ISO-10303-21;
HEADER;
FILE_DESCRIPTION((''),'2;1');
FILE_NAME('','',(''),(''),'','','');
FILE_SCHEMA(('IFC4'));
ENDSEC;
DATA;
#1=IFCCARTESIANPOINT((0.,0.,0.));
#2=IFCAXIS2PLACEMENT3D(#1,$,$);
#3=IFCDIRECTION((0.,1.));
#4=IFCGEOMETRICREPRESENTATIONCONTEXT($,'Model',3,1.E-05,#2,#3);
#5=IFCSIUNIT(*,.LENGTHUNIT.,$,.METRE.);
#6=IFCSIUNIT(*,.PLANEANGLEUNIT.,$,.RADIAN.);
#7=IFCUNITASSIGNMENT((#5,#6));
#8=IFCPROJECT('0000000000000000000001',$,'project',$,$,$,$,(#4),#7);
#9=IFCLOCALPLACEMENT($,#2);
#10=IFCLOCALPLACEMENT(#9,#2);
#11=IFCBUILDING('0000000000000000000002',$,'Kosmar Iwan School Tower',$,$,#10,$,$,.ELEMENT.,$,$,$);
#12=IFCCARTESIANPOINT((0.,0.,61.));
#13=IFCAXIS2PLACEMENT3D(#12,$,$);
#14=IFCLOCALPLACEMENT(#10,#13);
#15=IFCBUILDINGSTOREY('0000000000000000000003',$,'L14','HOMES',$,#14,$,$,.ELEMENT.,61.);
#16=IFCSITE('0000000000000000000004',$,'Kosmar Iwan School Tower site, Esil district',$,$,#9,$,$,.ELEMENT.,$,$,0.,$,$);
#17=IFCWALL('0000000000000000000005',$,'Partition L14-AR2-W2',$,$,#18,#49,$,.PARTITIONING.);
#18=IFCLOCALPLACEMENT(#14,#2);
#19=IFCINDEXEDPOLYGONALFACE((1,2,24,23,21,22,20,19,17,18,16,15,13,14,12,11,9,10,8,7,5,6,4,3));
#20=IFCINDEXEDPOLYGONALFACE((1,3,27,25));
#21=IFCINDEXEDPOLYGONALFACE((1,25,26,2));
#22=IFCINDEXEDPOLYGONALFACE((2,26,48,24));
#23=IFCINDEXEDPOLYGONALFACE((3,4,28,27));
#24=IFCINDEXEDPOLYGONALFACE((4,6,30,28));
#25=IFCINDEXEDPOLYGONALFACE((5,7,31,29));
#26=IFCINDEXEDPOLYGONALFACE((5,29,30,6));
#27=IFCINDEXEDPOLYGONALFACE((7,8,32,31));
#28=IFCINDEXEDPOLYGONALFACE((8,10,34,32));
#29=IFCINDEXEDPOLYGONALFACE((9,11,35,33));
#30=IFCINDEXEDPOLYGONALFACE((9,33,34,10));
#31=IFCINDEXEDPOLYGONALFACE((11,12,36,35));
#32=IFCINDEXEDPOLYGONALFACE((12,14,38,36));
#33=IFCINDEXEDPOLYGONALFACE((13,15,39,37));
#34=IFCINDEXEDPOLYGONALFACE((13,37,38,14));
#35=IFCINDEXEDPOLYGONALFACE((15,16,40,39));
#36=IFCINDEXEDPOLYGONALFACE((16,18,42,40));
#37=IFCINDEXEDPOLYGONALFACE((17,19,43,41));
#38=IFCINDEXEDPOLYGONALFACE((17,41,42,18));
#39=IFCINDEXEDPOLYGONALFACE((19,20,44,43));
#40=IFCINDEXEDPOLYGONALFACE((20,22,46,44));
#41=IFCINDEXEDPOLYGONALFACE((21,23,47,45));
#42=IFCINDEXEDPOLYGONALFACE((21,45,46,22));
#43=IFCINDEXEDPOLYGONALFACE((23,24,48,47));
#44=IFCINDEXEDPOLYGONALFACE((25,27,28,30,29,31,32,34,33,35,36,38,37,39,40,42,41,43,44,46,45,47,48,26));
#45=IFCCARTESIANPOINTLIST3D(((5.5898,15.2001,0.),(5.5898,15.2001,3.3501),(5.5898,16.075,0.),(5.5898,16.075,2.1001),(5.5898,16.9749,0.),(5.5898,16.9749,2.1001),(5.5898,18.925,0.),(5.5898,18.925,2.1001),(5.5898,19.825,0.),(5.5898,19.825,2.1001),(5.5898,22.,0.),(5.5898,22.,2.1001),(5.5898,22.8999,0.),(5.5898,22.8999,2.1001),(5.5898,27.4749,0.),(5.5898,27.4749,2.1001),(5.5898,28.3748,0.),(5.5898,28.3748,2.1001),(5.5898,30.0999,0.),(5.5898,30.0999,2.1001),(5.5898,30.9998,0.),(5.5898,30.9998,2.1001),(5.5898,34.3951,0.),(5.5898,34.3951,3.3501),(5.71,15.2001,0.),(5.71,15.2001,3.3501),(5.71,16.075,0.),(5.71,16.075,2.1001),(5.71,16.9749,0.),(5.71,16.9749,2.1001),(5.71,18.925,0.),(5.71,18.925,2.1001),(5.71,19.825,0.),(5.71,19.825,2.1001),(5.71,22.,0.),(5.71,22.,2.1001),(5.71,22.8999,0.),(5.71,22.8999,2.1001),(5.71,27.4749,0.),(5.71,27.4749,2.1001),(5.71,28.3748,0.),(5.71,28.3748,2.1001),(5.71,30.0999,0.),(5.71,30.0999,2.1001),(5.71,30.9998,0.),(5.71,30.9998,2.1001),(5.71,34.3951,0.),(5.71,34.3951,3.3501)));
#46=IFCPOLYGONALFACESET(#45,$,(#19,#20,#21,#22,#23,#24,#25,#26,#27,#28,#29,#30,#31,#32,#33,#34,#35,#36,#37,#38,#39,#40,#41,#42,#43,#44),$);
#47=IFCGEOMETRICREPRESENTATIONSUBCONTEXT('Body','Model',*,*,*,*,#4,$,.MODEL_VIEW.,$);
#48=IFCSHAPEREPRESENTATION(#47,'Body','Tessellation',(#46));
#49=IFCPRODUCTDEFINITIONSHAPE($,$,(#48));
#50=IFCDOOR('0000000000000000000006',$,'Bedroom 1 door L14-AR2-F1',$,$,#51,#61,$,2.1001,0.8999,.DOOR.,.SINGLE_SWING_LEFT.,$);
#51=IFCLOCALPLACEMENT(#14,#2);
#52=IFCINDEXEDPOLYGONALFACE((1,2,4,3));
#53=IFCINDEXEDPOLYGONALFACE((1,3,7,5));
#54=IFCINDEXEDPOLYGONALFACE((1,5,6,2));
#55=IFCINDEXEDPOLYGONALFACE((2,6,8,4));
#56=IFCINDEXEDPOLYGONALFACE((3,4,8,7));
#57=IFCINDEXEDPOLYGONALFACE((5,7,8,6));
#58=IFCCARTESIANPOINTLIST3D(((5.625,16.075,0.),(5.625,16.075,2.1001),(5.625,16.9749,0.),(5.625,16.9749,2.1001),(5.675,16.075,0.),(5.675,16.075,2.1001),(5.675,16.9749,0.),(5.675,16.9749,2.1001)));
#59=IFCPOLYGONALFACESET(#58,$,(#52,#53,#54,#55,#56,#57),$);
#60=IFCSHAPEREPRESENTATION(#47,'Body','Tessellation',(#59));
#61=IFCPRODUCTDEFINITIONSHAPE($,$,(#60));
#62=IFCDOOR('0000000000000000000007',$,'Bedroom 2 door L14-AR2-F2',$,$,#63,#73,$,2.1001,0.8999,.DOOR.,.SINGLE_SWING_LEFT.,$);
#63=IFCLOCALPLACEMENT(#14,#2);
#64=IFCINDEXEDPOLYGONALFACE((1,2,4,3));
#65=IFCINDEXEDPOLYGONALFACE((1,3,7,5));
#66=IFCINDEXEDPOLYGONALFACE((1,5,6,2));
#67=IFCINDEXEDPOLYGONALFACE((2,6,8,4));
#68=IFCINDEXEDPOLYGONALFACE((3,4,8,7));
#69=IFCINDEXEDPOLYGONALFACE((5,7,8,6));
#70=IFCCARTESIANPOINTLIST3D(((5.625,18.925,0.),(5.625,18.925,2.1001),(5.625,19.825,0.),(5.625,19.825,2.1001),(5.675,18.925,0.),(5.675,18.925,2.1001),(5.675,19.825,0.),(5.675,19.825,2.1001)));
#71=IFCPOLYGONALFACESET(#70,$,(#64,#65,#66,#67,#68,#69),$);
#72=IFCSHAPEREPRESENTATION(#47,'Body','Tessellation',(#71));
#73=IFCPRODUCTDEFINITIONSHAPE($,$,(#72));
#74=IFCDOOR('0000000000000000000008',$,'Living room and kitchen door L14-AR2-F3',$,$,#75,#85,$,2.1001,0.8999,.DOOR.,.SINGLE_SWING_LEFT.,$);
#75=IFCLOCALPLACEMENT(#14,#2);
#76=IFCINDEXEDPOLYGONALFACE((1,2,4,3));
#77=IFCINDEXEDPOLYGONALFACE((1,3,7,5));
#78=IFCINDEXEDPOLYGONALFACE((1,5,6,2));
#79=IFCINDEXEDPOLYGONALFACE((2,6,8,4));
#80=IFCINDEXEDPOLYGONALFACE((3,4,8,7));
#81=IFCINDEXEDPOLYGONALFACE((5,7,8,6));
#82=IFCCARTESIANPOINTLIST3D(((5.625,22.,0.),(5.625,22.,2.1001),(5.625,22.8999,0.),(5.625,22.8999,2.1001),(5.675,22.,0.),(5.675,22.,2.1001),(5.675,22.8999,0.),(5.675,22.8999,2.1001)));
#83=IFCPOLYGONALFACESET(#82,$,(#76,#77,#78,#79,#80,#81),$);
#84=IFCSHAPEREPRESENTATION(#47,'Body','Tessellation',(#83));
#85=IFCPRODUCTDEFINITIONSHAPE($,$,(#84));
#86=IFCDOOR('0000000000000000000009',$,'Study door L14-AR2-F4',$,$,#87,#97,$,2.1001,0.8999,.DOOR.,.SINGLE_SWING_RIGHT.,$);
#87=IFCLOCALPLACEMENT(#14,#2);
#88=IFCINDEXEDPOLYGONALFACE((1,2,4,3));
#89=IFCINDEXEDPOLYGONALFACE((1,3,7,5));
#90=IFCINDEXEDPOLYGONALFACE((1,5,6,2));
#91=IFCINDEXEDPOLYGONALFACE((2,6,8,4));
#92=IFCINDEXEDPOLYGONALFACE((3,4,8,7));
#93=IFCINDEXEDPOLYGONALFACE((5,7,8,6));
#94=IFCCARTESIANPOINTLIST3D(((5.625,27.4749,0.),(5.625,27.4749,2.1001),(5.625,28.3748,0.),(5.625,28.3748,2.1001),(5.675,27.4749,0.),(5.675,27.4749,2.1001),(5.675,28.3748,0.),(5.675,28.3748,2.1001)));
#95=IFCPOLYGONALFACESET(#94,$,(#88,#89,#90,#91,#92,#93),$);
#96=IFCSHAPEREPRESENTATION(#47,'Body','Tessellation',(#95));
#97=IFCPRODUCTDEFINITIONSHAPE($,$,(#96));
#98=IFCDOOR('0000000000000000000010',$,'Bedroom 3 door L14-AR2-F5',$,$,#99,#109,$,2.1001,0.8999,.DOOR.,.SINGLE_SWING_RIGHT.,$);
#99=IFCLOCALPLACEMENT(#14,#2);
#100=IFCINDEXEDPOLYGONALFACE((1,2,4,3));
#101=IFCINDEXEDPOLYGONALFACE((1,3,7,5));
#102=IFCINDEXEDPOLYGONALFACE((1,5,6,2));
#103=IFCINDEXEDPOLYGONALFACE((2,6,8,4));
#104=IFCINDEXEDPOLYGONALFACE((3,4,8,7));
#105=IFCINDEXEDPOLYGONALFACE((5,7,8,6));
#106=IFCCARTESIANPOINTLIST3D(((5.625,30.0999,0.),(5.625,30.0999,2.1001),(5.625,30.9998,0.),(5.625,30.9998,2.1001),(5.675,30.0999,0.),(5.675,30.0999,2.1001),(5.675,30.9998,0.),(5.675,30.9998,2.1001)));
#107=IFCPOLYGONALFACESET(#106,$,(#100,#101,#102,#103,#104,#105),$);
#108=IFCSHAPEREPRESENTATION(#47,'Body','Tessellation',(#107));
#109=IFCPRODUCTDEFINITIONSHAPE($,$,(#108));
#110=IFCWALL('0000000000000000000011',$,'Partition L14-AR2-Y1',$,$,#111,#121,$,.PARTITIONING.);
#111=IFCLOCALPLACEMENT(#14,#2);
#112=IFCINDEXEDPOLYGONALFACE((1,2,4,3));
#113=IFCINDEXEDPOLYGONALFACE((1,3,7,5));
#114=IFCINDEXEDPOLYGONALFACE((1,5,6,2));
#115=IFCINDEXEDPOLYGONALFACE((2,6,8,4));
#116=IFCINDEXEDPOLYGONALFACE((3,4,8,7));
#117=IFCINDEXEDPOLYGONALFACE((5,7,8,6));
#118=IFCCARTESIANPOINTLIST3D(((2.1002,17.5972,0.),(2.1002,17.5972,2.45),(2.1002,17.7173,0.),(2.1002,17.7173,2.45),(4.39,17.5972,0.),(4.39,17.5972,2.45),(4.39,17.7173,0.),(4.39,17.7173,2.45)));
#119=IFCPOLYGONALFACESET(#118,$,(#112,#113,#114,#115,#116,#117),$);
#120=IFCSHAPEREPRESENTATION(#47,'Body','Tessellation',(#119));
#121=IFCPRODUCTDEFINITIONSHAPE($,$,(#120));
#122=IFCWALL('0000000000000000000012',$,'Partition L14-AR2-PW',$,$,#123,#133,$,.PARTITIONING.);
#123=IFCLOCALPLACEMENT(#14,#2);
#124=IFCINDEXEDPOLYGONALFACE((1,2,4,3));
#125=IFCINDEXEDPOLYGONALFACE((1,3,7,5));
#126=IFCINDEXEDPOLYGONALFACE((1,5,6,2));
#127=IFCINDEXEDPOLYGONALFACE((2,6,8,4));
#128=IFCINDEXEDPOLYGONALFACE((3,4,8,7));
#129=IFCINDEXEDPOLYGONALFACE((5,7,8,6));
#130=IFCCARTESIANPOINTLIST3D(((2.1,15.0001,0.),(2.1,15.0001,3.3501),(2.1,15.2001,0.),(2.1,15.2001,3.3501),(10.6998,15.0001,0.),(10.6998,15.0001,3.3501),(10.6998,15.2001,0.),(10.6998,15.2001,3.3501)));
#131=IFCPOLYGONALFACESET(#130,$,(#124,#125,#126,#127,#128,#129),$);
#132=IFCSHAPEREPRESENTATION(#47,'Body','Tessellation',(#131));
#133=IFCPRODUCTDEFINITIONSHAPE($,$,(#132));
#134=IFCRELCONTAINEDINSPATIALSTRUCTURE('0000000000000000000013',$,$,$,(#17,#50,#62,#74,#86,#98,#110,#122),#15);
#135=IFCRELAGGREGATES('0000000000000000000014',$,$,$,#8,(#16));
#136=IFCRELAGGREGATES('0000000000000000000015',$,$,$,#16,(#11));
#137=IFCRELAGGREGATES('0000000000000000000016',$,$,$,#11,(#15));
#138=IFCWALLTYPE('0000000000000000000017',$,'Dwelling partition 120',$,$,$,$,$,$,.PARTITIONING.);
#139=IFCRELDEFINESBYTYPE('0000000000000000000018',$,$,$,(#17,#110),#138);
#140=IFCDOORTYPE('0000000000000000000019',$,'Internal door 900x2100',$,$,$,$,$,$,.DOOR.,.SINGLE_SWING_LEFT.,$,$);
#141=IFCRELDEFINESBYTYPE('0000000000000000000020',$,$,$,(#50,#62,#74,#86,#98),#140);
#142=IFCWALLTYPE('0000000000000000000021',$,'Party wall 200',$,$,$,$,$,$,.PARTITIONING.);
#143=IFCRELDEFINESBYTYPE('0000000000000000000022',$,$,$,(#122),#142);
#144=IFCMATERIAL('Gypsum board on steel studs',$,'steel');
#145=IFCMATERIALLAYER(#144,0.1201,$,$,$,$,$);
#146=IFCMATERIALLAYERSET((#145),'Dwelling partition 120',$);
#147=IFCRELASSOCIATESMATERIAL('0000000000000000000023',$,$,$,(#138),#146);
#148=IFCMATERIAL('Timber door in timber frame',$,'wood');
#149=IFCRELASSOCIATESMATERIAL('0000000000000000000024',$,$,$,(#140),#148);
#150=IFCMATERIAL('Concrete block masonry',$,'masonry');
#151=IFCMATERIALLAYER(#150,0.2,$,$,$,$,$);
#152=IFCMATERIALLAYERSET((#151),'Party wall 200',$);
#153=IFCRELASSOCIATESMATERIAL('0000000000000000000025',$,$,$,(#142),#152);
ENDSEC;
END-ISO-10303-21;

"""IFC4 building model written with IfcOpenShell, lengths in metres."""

from ifc_helpers import new_model, si_unit, direction, frame, frame_2d, origin, place, context, subcontext, project, spatial, rectangle, extrude, material, layer, layer_set, type_object, element, fill, save


model = new_model("IFC4")

# Units and contexts
model_context = context("Model", 3, precision=1e-05, world=origin(), true_north=direction((0.0, 1.0)))
body_context = subcontext(model_context, "Body", "Model", "MODEL_VIEW")
ifc_project = project(units=[si_unit("LENGTHUNIT", "METRE"), si_unit("PLANEANGLEUNIT", "RADIAN")], contexts=[model_context])

# Site, building, storey
site_placement = place(None, origin())
site = spatial("IfcSite", under=ifc_project, at=site_placement, Name="Kosmar Iwan School Tower site, Esil district", CompositionType="ELEMENT", RefElevation=0.0)
building_placement = place(site_placement, origin())
building = spatial("IfcBuilding", under=site, at=building_placement, Name="Kosmar Iwan School Tower", CompositionType="ELEMENT")
storey_placement = place(building_placement, frame((0.0, 0.0, 61.0)))
storey = spatial("IfcBuildingStorey", under=building, at=storey_placement, Name="L14", Description="HOMES", CompositionType="ELEMENT", Elevation=61.0)

# Shared definitions
ifc_material_1 = material(Name="Gypsum board on steel studs", Category="steel")
ifc_layer_1 = layer(ifc_material_1, 0.1201)
ifc_layer_set_1 = layer_set([ifc_layer_1], Name="Dwelling partition 120")
wall_type_1 = type_object("IfcWallType", Name="Dwelling partition 120", PredefinedType="PARTITIONING", material=ifc_layer_set_1)

# Wall, openings, doors
ifc_material_2 = material(Name="Timber door in timber frame", Category="wood")
door_type_1 = type_object("IfcDoorType", Name="Internal door 900x2100", OperationType="SINGLE_SWING_LEFT", PredefinedType="DOOR", material=ifc_material_2)
wall_1_placement = place(storey_placement, frame((5.6499, 15.2, 0.0), z_axis=(0.0, 0.0, 1.0), x_axis=(0.0, 1.0, 0.0)))
wall_1 = element("IfcWall", 1, at=wall_1_placement, inside=storey, type_object=wall_type_1, Name="Partition L14-AR2-W2", PredefinedType="PARTITIONING", context=body_context, shape_type="SweptSolid", body=[
    extrude(rectangle(XDim=19.1951, YDim=0.1201, at=frame_2d((9.5977, 0.0))), origin(), (0.0, 0.0, 1.0), 3.3501),
])
opening_1_placement = place(wall_1_placement, frame((0.875, 0.0, 0.0)))
opening_1 = element("IfcOpeningElement", 2, at=opening_1_placement, cuts=wall_1, PredefinedType="OPENING", context=body_context, shape_type="SweptSolid", body=[
    extrude(rectangle(XDim=0.8999, YDim=2.1001, at=frame_2d((0.45, 1.05))), frame((0.0, 0.072, 0.0), z_axis=(0.0, -1.0, 0.0), x_axis=(1.0, 0.0, 0.0)), (0.0, 0.0, 1.0), 0.144),
])
opening_2_placement = place(wall_1_placement, frame((3.7251, 0.0, 0.0)))
opening_2 = element("IfcOpeningElement", 3, at=opening_2_placement, cuts=wall_1, PredefinedType="OPENING", context=body_context, shape_type="SweptSolid", body=[
    extrude(rectangle(XDim=0.8999, YDim=2.1001, at=frame_2d((0.45, 1.05))), frame((0.0, 0.072, 0.0), z_axis=(0.0, -1.0, 0.0), x_axis=(1.0, 0.0, 0.0)), (0.0, 0.0, 1.0), 0.144),
])
opening_3_placement = place(wall_1_placement, frame((6.8, 0.0, 0.0)))
opening_3 = element("IfcOpeningElement", 4, at=opening_3_placement, cuts=wall_1, PredefinedType="OPENING", context=body_context, shape_type="SweptSolid", body=[
    extrude(rectangle(XDim=0.8999, YDim=2.1001, at=frame_2d((0.45, 1.05))), frame((0.0, 0.072, 0.0), z_axis=(0.0, -1.0, 0.0), x_axis=(1.0, 0.0, 0.0)), (0.0, 0.0, 1.0), 0.144),
])
opening_4_placement = place(wall_1_placement, frame((12.2749, 0.0, 0.0)))
opening_4 = element("IfcOpeningElement", 5, at=opening_4_placement, cuts=wall_1, PredefinedType="OPENING", context=body_context, shape_type="SweptSolid", body=[
    extrude(rectangle(XDim=0.8999, YDim=2.1001, at=frame_2d((0.45, 1.05))), frame((0.0, 0.072, 0.0), z_axis=(0.0, -1.0, 0.0), x_axis=(1.0, 0.0, 0.0)), (0.0, 0.0, 1.0), 0.144),
])
opening_5_placement = place(wall_1_placement, frame((14.8999, 0.0, 0.0)))
opening_5 = element("IfcOpeningElement", 6, at=opening_5_placement, cuts=wall_1, PredefinedType="OPENING", context=body_context, shape_type="SweptSolid", body=[
    extrude(rectangle(XDim=0.8999, YDim=2.1001, at=frame_2d((0.45, 1.05))), frame((0.0, 0.072, 0.0), z_axis=(0.0, -1.0, 0.0), x_axis=(1.0, 0.0, 0.0)), (0.0, 0.0, 1.0), 0.144),
])
door_1_placement = place(opening_1_placement, origin())
door_1 = element("IfcDoor", 7, at=door_1_placement, inside=storey, type_object=door_type_1, Name="Bedroom 1 door L14-AR2-F1", OperationType="SINGLE_SWING_LEFT", OverallHeight=2.1001, OverallWidth=0.8999, PredefinedType="DOOR", context=body_context, shape_type="SweptSolid", body=[
    extrude(rectangle(XDim=0.8999, YDim=2.1001, at=frame_2d((0.45, 1.05))), frame((0.0, 0.0249, 0.0), z_axis=(0.0, -1.0, 0.0), x_axis=(1.0, 0.0, 0.0)), (0.0, 0.0, 1.0), 0.05),
])
fill(opening_1, door_1)
door_2_placement = place(opening_2_placement, origin())
door_2 = element("IfcDoor", 8, at=door_2_placement, inside=storey, type_object=door_type_1, Name="Bedroom 2 door L14-AR2-F2", OperationType="SINGLE_SWING_LEFT", OverallHeight=2.1001, OverallWidth=0.8999, PredefinedType="DOOR", context=body_context, shape_type="SweptSolid", body=[
    extrude(rectangle(XDim=0.8999, YDim=2.1001, at=frame_2d((0.45, 1.05))), frame((0.0, 0.0249, 0.0), z_axis=(0.0, -1.0, 0.0), x_axis=(1.0, 0.0, 0.0)), (0.0, 0.0, 1.0), 0.05),
])
fill(opening_2, door_2)
door_3_placement = place(opening_3_placement, origin())
door_3 = element("IfcDoor", 9, at=door_3_placement, inside=storey, type_object=door_type_1, Name="Living room and kitchen door L14-AR2-F3", OperationType="SINGLE_SWING_LEFT", OverallHeight=2.1001, OverallWidth=0.8999, PredefinedType="DOOR", context=body_context, shape_type="SweptSolid", body=[
    extrude(rectangle(XDim=0.8999, YDim=2.1001, at=frame_2d((0.45, 1.05))), frame((0.0, 0.0249, 0.0), z_axis=(0.0, -1.0, 0.0), x_axis=(1.0, 0.0, 0.0)), (0.0, 0.0, 1.0), 0.05),
])
fill(opening_3, door_3)
door_4_placement = place(opening_4_placement, origin())
door_4 = element("IfcDoor", 10, at=door_4_placement, inside=storey, type_object=door_type_1, Name="Study door L14-AR2-F4", OperationType="SINGLE_SWING_RIGHT", OverallHeight=2.1001, OverallWidth=0.8999, PredefinedType="DOOR", context=body_context, shape_type="SweptSolid", body=[
    extrude(rectangle(XDim=0.8999, YDim=2.1001, at=frame_2d((0.45, 1.05))), frame((0.0, 0.0249, 0.0), z_axis=(0.0, -1.0, 0.0), x_axis=(1.0, 0.0, 0.0)), (0.0, 0.0, 1.0), 0.05),
])
fill(opening_4, door_4)
door_5_placement = place(opening_5_placement, origin())
door_5 = element("IfcDoor", 11, at=door_5_placement, inside=storey, type_object=door_type_1, Name="Bedroom 3 door L14-AR2-F5", OperationType="SINGLE_SWING_RIGHT", OverallHeight=2.1001, OverallWidth=0.8999, PredefinedType="DOOR", context=body_context, shape_type="SweptSolid", body=[
    extrude(rectangle(XDim=0.8999, YDim=2.1001, at=frame_2d((0.45, 1.05))), frame((0.0, 0.0249, 0.0), z_axis=(0.0, -1.0, 0.0), x_axis=(1.0, 0.0, 0.0)), (0.0, 0.0, 1.0), 0.05),
])
fill(opening_5, door_5)

# Walls
wall_2_placement = place(storey_placement, frame((2.1001, 17.6572, 0.0), z_axis=(0.0, 0.0, 1.0), x_axis=(1.0, 0.0, 0.0)))
element("IfcWall", 12, at=wall_2_placement, inside=storey, type_object=wall_type_1, Name="Partition L14-AR2-Y1", PredefinedType="PARTITIONING", context=body_context, shape_type="SweptSolid", body=[
    extrude(rectangle(XDim=2.2898, YDim=0.1201, at=frame_2d((1.145, 0.0))), origin(), (0.0, 0.0, 1.0), 2.45),
])
ifc_material_3 = material(Name="Concrete block masonry", Category="masonry")
ifc_layer_2 = layer(ifc_material_3, 0.2)
ifc_layer_set_2 = layer_set([ifc_layer_2], Name="Party wall 200")
wall_type_2 = type_object("IfcWallType", Name="Party wall 200", PredefinedType="PARTITIONING", material=ifc_layer_set_2)
wall_3_placement = place(storey_placement, frame((2.1001, 15.1001, 0.0), z_axis=(0.0, 0.0, 1.0), x_axis=(1.0, 0.0, 0.0)))
element("IfcWall", 13, at=wall_3_placement, inside=storey, type_object=wall_type_2, Name="Partition L14-AR2-PW", PredefinedType="PARTITIONING", context=body_context, shape_type="SweptSolid", body=[
    extrude(rectangle(XDim=8.5999, YDim=0.2, at=frame_2d((4.2998, 0.0))), origin(), (0.0, 0.0, 1.0), 3.3501),
])

save(model, "model.ifc")
